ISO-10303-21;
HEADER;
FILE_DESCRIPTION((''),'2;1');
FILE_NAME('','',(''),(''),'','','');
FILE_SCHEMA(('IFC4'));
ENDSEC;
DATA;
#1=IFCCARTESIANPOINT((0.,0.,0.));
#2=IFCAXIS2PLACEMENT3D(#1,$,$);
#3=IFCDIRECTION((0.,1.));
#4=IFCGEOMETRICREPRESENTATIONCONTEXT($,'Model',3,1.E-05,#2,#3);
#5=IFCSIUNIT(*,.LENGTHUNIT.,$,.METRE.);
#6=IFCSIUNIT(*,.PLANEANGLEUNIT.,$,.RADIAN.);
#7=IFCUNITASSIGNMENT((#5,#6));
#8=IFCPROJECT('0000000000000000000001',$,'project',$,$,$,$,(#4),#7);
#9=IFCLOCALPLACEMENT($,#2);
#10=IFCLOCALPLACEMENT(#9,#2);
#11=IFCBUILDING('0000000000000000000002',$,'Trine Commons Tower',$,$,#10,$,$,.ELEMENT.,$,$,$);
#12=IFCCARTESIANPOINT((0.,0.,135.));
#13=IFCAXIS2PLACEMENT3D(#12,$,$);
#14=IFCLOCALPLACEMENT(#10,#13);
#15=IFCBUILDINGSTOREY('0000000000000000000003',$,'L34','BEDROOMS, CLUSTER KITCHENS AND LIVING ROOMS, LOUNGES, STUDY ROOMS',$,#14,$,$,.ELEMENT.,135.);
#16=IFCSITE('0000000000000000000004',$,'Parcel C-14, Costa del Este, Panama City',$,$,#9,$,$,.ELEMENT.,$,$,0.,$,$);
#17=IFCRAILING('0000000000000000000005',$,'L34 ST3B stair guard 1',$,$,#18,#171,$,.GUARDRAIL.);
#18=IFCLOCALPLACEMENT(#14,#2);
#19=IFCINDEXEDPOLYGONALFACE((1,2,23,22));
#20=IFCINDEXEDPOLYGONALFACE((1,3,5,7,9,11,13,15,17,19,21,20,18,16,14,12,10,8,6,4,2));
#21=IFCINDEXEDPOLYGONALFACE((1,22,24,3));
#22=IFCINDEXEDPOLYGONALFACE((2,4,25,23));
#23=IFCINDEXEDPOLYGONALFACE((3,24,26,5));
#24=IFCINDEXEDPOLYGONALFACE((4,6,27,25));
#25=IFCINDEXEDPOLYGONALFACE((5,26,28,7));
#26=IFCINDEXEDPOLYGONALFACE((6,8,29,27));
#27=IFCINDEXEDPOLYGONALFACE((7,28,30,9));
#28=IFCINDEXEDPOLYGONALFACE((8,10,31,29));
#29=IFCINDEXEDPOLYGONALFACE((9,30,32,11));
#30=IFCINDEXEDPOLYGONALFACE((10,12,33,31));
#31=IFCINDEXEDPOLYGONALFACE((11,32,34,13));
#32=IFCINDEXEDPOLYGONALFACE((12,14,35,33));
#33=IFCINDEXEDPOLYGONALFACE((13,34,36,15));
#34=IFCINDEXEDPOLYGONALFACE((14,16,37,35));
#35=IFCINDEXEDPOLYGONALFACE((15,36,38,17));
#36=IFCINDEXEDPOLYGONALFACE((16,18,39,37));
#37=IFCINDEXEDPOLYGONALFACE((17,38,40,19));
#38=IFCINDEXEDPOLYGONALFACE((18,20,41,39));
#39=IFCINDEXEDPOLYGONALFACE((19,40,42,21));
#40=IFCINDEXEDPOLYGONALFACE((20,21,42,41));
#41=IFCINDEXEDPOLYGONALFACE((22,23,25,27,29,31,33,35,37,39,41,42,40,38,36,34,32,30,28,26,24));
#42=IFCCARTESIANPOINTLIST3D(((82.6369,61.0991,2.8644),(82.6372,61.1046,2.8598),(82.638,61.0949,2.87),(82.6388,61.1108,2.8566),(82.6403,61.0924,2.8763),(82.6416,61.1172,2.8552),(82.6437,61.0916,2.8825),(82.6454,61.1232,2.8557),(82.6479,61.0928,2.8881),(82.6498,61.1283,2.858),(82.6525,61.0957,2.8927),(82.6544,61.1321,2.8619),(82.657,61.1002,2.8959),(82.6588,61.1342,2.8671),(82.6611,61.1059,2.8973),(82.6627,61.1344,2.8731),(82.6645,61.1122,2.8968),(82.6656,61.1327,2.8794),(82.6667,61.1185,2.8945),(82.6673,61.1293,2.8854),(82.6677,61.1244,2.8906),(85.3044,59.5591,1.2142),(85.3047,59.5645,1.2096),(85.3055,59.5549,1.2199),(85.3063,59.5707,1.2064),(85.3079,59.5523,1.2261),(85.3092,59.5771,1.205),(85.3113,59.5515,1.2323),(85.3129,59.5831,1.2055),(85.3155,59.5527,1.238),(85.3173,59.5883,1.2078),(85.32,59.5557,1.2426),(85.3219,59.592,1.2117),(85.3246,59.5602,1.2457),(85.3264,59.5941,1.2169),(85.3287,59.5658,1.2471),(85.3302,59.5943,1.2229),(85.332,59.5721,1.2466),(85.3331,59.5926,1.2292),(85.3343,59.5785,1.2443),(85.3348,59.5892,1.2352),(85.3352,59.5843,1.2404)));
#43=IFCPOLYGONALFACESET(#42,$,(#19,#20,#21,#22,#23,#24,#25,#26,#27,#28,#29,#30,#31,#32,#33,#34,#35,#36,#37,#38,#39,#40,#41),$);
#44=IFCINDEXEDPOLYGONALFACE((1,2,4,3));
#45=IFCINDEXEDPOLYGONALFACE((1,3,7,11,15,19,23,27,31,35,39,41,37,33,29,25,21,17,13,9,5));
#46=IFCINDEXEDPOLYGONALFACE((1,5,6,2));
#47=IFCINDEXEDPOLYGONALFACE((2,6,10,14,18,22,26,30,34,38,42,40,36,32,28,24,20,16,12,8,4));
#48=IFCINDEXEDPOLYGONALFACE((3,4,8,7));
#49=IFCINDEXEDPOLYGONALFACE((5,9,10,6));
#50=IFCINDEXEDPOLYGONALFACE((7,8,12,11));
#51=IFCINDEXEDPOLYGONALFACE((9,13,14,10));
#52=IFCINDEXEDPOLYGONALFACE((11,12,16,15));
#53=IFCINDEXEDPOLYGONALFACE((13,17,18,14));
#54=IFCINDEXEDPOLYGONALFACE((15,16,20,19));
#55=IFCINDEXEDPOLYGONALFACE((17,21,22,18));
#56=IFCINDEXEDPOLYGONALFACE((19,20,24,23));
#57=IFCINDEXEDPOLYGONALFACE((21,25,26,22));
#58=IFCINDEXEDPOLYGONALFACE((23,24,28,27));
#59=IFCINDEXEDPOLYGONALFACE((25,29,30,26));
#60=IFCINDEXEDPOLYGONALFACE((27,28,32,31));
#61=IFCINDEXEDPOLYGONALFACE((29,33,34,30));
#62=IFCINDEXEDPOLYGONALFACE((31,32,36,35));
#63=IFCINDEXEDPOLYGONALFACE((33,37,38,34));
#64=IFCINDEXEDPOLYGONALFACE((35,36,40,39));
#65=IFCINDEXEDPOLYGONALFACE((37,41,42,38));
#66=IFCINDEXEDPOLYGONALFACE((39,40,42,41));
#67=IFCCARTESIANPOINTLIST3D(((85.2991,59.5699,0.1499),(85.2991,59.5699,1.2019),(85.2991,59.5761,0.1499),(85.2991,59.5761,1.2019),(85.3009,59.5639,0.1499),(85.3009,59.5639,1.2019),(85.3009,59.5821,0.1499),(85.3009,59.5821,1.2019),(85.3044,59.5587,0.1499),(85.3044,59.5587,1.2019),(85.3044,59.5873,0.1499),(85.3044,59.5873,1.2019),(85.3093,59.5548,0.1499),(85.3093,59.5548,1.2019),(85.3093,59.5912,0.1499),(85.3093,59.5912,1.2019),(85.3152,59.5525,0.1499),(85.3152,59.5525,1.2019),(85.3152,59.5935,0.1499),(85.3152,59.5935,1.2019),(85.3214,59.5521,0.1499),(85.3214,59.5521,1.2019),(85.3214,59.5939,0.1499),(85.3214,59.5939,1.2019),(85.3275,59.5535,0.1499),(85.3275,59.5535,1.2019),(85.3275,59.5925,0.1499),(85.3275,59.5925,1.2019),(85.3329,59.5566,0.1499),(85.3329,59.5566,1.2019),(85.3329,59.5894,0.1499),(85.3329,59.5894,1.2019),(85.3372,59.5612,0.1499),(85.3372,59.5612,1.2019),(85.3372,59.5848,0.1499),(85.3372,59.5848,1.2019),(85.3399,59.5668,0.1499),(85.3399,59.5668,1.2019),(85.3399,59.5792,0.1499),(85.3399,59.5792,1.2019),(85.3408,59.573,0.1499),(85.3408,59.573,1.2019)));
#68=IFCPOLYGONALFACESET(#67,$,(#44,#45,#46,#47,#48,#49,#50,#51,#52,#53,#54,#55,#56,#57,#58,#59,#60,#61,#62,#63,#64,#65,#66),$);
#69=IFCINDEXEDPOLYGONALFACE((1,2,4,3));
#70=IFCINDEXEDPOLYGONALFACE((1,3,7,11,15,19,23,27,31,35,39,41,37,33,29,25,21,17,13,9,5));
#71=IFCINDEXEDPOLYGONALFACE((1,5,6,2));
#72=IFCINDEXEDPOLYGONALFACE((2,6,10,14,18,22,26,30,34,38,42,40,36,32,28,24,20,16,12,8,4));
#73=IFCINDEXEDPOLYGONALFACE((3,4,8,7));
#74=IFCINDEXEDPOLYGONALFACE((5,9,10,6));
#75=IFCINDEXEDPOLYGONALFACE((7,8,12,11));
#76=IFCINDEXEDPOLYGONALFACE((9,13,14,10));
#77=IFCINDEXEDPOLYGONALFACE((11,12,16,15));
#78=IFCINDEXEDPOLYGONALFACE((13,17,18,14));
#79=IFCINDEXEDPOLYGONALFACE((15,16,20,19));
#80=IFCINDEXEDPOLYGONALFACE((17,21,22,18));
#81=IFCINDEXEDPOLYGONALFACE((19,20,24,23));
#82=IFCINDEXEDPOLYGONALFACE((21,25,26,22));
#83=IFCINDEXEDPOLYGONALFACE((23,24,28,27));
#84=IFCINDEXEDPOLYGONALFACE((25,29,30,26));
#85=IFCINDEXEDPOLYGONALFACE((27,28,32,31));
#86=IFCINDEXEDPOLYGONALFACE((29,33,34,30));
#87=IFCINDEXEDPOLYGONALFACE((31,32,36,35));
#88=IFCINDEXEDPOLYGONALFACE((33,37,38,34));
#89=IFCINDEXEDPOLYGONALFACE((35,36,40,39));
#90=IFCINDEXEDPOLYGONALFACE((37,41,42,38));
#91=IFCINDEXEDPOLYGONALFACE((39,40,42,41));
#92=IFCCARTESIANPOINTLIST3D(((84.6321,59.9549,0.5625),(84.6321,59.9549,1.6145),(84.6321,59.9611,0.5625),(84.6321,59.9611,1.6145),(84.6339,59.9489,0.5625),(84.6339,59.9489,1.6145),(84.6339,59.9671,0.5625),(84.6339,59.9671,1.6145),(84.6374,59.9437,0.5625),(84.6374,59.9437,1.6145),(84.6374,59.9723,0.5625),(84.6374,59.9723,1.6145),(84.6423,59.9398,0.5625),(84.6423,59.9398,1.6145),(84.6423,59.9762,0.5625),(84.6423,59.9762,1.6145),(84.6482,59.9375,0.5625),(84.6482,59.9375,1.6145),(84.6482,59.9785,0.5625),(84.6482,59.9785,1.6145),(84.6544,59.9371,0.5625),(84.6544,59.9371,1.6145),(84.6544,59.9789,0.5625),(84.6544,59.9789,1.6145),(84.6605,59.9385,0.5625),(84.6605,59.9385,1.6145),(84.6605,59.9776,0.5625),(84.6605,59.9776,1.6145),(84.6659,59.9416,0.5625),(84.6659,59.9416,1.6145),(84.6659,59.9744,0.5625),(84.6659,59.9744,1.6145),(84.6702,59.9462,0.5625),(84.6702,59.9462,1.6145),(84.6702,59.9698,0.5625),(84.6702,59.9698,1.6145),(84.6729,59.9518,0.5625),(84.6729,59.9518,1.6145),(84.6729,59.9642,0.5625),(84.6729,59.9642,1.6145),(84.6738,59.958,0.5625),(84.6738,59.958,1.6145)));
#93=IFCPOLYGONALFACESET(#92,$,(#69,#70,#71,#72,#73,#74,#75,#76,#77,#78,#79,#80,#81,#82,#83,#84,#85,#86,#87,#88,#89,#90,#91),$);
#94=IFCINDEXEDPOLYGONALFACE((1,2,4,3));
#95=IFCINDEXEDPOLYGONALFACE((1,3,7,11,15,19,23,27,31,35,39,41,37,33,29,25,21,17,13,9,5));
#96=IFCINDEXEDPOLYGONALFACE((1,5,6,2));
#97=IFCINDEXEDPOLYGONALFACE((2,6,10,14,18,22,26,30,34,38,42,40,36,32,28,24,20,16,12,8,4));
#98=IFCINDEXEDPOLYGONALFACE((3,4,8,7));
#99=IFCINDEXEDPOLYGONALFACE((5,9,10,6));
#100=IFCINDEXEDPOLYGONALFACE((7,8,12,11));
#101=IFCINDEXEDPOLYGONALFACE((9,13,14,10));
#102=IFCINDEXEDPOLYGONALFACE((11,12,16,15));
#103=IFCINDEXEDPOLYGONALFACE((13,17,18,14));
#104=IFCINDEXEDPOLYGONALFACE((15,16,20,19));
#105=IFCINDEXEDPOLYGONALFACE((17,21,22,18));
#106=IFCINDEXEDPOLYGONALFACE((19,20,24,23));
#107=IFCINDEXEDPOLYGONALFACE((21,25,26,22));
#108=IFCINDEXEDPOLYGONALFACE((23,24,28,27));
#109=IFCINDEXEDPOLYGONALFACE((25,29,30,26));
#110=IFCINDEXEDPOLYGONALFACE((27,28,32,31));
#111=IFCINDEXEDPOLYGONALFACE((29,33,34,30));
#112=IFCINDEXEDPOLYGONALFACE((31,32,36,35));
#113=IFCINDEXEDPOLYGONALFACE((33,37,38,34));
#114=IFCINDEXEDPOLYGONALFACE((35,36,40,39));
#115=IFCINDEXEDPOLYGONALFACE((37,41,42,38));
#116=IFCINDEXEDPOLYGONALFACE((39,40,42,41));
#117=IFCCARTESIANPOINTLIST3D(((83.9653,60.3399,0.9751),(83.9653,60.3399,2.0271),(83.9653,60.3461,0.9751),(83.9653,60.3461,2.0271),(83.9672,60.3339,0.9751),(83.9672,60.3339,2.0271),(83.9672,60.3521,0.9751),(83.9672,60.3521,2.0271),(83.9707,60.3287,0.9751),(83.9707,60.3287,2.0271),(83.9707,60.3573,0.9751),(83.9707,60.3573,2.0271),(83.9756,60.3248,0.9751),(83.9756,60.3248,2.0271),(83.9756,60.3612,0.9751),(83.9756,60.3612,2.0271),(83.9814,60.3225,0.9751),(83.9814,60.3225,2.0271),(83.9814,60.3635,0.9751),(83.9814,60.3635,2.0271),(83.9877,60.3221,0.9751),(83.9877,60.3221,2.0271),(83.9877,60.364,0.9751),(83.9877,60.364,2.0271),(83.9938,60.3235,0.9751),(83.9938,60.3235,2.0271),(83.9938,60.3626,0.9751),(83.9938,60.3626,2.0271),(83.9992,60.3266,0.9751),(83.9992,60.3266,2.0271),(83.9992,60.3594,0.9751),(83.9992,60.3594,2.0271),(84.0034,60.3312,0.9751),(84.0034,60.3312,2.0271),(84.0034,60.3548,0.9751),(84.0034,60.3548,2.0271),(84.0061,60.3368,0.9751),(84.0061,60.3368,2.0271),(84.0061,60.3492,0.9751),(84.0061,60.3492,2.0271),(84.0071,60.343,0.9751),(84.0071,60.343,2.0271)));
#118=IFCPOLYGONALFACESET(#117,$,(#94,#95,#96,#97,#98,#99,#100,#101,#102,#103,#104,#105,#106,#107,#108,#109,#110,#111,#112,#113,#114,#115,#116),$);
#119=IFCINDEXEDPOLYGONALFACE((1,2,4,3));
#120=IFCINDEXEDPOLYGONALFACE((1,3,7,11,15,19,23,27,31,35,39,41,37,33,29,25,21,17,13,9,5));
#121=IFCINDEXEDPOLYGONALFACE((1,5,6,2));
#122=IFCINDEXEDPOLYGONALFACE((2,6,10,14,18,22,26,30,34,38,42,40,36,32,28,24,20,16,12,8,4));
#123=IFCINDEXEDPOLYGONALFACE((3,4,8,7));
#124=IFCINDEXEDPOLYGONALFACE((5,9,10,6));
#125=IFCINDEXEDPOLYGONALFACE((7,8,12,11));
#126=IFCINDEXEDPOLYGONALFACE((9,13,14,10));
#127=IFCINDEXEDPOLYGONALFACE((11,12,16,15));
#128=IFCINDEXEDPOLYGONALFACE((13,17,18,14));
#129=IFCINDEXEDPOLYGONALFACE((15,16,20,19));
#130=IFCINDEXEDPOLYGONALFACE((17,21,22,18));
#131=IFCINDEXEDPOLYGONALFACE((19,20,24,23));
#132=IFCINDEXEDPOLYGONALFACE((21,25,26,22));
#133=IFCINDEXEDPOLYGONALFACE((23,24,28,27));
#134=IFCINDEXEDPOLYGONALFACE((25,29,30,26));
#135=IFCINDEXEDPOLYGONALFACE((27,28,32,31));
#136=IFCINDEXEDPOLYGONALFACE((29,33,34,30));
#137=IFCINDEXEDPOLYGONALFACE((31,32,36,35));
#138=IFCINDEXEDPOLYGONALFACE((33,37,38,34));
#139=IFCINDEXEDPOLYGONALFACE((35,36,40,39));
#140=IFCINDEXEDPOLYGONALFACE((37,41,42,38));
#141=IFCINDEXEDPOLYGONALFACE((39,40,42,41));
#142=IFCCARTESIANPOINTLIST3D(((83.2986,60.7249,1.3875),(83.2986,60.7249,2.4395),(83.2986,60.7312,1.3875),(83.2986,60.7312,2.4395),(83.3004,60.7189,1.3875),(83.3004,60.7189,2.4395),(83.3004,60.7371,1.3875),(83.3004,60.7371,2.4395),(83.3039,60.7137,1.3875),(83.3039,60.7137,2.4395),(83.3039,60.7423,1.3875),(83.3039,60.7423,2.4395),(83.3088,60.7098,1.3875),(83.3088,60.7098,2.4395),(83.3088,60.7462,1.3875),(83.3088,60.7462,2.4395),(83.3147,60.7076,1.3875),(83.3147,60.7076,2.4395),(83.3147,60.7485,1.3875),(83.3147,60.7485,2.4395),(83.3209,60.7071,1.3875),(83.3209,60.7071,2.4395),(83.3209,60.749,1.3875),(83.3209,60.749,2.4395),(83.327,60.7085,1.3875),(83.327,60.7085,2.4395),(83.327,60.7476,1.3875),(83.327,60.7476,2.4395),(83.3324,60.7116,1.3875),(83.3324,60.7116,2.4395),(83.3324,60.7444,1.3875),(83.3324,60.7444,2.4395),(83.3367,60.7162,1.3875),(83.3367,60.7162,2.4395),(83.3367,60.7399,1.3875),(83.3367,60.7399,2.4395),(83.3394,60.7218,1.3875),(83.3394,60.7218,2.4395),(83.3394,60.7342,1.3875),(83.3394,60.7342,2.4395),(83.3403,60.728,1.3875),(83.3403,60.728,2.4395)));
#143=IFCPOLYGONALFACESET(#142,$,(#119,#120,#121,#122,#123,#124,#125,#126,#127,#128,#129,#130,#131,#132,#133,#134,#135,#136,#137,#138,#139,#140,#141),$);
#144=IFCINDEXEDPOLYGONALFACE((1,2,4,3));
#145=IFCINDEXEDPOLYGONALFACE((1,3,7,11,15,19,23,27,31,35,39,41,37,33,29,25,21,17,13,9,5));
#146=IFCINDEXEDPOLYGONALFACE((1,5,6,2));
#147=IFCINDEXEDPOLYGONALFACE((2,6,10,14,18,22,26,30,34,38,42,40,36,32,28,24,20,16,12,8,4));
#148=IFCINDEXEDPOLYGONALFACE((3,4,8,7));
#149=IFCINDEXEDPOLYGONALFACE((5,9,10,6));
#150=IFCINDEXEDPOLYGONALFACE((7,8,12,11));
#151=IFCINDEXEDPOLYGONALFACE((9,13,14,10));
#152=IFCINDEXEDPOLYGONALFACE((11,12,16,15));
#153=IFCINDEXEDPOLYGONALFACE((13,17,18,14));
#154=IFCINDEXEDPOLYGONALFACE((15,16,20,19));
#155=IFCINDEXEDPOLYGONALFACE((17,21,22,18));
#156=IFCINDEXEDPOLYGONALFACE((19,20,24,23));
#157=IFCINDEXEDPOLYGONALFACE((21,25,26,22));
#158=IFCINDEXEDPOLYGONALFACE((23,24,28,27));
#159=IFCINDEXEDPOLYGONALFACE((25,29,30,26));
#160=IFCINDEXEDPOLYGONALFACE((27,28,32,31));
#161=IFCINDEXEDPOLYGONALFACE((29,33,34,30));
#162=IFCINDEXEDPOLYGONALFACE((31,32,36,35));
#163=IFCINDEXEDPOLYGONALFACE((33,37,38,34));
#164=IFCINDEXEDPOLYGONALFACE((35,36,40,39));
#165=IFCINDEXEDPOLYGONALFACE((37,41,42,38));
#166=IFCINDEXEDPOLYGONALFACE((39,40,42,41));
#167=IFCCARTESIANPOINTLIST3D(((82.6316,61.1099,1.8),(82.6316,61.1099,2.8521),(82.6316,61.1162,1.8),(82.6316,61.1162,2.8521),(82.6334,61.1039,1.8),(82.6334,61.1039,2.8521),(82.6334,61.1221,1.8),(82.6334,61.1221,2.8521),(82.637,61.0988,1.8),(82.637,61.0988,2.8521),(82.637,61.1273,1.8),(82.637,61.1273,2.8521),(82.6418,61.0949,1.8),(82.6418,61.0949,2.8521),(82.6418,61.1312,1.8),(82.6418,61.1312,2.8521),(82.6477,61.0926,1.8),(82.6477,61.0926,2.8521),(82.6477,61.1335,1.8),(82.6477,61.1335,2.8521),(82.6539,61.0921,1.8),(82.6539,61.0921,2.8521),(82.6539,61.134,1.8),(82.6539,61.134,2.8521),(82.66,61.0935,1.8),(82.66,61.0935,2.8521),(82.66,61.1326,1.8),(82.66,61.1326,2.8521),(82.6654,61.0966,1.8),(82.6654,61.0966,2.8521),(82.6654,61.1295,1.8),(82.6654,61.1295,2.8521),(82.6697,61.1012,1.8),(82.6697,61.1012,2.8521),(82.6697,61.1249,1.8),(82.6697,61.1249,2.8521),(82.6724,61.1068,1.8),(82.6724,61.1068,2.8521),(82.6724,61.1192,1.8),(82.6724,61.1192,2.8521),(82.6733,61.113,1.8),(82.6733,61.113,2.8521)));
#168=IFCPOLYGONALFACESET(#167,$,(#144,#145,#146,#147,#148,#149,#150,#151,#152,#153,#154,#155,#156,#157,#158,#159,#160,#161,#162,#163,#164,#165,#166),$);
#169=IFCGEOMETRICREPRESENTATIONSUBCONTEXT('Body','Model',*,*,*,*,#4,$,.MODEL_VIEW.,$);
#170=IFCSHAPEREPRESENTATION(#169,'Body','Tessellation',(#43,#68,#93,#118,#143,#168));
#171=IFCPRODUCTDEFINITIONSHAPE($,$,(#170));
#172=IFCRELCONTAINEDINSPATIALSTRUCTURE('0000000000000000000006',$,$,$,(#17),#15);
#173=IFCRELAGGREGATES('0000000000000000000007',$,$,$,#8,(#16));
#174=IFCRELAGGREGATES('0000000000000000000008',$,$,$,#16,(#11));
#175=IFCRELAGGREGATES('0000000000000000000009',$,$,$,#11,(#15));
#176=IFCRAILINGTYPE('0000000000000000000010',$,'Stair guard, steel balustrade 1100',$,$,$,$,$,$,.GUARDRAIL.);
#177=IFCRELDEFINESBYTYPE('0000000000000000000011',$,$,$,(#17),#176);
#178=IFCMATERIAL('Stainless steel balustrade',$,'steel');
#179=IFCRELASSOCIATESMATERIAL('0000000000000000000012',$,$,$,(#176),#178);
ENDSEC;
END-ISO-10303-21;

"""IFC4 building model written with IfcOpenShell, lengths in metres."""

from ifc_helpers import new_model, si_unit, direction, frame, origin, origin_2d, place, context, subcontext, project, spatial, circle, extrude, material, type_object, element, save


model = new_model("IFC4")

# Units and contexts
model_context = context("Model", 3, precision=1e-05, world=origin(), true_north=direction((0.0, 1.0)))
body_context = subcontext(model_context, "Body", "Model", "MODEL_VIEW")
ifc_project = project(units=[si_unit("LENGTHUNIT", "METRE"), si_unit("PLANEANGLEUNIT", "RADIAN")], contexts=[model_context])

# Site, building, storey
site_placement = place(None, origin())
site = spatial("IfcSite", under=ifc_project, at=site_placement, Name="Parcel C-14, Costa del Este, Panama City", CompositionType="ELEMENT", RefElevation=0.0)
building_placement = place(site_placement, origin())
building = spatial("IfcBuilding", under=site, at=building_placement, Name="Trine Commons Tower", CompositionType="ELEMENT")
storey_placement = place(building_placement, frame((0.0, 0.0, 135.0)))
storey = spatial("IfcBuildingStorey", under=building, at=storey_placement, Name="L34", Description="BEDROOMS, CLUSTER KITCHENS AND LIVING ROOMS, LOUNGES, STUDY ROOMS", CompositionType="ELEMENT", Elevation=135.0)

# Railing
ifc_material_1 = material(Name="Stainless steel balustrade", Category="steel")
railing_type_1 = type_object("IfcRailingType", Name="Stair guard, steel balustrade 1100", PredefinedType="GUARDRAIL", material=ifc_material_1)
railing_1_placement = place(storey_placement, frame((85.3198, 59.573, 0.1499)))
element("IfcRailing", 1, at=railing_1_placement, inside=storey, type_object=railing_type_1, Name="L34 ST3B stair guard 1", PredefinedType="GUARDRAIL", context=body_context, shape_type="SweptSolid", body=[
    extrude(circle(Radius=0.0239, at=origin_2d()), frame((0.0, 0.0, 1.0762), z_axis=(-0.76338, 0.440728, 0.472239), x_axis=(-0.499992, -0.86603, 0.0)), (0.0, 0.0, 1.0), 3.4944),
    extrude(circle(Radius=0.021, at=origin_2d()), origin(), (0.0, 0.0, 1.0), 1.052),
    extrude(circle(Radius=0.021, at=origin_2d()), frame((-0.667, 0.385, 0.4126)), (0.0, 0.0, 1.0), 1.052),
    extrude(circle(Radius=0.021, at=origin_2d()), frame((-1.3337, 0.77, 0.8252)), (0.0, 0.0, 1.0), 1.052),
    extrude(circle(Radius=0.021, at=origin_2d()), frame((-2.0005, 1.155, 1.2375)), (0.0, 0.0, 1.0), 1.052),
    extrude(circle(Radius=0.021, at=origin_2d()), frame((-2.6675, 1.54, 1.6501)), (0.0, 0.0, 1.0), 1.052),
])

save(model, "model.ifc")
